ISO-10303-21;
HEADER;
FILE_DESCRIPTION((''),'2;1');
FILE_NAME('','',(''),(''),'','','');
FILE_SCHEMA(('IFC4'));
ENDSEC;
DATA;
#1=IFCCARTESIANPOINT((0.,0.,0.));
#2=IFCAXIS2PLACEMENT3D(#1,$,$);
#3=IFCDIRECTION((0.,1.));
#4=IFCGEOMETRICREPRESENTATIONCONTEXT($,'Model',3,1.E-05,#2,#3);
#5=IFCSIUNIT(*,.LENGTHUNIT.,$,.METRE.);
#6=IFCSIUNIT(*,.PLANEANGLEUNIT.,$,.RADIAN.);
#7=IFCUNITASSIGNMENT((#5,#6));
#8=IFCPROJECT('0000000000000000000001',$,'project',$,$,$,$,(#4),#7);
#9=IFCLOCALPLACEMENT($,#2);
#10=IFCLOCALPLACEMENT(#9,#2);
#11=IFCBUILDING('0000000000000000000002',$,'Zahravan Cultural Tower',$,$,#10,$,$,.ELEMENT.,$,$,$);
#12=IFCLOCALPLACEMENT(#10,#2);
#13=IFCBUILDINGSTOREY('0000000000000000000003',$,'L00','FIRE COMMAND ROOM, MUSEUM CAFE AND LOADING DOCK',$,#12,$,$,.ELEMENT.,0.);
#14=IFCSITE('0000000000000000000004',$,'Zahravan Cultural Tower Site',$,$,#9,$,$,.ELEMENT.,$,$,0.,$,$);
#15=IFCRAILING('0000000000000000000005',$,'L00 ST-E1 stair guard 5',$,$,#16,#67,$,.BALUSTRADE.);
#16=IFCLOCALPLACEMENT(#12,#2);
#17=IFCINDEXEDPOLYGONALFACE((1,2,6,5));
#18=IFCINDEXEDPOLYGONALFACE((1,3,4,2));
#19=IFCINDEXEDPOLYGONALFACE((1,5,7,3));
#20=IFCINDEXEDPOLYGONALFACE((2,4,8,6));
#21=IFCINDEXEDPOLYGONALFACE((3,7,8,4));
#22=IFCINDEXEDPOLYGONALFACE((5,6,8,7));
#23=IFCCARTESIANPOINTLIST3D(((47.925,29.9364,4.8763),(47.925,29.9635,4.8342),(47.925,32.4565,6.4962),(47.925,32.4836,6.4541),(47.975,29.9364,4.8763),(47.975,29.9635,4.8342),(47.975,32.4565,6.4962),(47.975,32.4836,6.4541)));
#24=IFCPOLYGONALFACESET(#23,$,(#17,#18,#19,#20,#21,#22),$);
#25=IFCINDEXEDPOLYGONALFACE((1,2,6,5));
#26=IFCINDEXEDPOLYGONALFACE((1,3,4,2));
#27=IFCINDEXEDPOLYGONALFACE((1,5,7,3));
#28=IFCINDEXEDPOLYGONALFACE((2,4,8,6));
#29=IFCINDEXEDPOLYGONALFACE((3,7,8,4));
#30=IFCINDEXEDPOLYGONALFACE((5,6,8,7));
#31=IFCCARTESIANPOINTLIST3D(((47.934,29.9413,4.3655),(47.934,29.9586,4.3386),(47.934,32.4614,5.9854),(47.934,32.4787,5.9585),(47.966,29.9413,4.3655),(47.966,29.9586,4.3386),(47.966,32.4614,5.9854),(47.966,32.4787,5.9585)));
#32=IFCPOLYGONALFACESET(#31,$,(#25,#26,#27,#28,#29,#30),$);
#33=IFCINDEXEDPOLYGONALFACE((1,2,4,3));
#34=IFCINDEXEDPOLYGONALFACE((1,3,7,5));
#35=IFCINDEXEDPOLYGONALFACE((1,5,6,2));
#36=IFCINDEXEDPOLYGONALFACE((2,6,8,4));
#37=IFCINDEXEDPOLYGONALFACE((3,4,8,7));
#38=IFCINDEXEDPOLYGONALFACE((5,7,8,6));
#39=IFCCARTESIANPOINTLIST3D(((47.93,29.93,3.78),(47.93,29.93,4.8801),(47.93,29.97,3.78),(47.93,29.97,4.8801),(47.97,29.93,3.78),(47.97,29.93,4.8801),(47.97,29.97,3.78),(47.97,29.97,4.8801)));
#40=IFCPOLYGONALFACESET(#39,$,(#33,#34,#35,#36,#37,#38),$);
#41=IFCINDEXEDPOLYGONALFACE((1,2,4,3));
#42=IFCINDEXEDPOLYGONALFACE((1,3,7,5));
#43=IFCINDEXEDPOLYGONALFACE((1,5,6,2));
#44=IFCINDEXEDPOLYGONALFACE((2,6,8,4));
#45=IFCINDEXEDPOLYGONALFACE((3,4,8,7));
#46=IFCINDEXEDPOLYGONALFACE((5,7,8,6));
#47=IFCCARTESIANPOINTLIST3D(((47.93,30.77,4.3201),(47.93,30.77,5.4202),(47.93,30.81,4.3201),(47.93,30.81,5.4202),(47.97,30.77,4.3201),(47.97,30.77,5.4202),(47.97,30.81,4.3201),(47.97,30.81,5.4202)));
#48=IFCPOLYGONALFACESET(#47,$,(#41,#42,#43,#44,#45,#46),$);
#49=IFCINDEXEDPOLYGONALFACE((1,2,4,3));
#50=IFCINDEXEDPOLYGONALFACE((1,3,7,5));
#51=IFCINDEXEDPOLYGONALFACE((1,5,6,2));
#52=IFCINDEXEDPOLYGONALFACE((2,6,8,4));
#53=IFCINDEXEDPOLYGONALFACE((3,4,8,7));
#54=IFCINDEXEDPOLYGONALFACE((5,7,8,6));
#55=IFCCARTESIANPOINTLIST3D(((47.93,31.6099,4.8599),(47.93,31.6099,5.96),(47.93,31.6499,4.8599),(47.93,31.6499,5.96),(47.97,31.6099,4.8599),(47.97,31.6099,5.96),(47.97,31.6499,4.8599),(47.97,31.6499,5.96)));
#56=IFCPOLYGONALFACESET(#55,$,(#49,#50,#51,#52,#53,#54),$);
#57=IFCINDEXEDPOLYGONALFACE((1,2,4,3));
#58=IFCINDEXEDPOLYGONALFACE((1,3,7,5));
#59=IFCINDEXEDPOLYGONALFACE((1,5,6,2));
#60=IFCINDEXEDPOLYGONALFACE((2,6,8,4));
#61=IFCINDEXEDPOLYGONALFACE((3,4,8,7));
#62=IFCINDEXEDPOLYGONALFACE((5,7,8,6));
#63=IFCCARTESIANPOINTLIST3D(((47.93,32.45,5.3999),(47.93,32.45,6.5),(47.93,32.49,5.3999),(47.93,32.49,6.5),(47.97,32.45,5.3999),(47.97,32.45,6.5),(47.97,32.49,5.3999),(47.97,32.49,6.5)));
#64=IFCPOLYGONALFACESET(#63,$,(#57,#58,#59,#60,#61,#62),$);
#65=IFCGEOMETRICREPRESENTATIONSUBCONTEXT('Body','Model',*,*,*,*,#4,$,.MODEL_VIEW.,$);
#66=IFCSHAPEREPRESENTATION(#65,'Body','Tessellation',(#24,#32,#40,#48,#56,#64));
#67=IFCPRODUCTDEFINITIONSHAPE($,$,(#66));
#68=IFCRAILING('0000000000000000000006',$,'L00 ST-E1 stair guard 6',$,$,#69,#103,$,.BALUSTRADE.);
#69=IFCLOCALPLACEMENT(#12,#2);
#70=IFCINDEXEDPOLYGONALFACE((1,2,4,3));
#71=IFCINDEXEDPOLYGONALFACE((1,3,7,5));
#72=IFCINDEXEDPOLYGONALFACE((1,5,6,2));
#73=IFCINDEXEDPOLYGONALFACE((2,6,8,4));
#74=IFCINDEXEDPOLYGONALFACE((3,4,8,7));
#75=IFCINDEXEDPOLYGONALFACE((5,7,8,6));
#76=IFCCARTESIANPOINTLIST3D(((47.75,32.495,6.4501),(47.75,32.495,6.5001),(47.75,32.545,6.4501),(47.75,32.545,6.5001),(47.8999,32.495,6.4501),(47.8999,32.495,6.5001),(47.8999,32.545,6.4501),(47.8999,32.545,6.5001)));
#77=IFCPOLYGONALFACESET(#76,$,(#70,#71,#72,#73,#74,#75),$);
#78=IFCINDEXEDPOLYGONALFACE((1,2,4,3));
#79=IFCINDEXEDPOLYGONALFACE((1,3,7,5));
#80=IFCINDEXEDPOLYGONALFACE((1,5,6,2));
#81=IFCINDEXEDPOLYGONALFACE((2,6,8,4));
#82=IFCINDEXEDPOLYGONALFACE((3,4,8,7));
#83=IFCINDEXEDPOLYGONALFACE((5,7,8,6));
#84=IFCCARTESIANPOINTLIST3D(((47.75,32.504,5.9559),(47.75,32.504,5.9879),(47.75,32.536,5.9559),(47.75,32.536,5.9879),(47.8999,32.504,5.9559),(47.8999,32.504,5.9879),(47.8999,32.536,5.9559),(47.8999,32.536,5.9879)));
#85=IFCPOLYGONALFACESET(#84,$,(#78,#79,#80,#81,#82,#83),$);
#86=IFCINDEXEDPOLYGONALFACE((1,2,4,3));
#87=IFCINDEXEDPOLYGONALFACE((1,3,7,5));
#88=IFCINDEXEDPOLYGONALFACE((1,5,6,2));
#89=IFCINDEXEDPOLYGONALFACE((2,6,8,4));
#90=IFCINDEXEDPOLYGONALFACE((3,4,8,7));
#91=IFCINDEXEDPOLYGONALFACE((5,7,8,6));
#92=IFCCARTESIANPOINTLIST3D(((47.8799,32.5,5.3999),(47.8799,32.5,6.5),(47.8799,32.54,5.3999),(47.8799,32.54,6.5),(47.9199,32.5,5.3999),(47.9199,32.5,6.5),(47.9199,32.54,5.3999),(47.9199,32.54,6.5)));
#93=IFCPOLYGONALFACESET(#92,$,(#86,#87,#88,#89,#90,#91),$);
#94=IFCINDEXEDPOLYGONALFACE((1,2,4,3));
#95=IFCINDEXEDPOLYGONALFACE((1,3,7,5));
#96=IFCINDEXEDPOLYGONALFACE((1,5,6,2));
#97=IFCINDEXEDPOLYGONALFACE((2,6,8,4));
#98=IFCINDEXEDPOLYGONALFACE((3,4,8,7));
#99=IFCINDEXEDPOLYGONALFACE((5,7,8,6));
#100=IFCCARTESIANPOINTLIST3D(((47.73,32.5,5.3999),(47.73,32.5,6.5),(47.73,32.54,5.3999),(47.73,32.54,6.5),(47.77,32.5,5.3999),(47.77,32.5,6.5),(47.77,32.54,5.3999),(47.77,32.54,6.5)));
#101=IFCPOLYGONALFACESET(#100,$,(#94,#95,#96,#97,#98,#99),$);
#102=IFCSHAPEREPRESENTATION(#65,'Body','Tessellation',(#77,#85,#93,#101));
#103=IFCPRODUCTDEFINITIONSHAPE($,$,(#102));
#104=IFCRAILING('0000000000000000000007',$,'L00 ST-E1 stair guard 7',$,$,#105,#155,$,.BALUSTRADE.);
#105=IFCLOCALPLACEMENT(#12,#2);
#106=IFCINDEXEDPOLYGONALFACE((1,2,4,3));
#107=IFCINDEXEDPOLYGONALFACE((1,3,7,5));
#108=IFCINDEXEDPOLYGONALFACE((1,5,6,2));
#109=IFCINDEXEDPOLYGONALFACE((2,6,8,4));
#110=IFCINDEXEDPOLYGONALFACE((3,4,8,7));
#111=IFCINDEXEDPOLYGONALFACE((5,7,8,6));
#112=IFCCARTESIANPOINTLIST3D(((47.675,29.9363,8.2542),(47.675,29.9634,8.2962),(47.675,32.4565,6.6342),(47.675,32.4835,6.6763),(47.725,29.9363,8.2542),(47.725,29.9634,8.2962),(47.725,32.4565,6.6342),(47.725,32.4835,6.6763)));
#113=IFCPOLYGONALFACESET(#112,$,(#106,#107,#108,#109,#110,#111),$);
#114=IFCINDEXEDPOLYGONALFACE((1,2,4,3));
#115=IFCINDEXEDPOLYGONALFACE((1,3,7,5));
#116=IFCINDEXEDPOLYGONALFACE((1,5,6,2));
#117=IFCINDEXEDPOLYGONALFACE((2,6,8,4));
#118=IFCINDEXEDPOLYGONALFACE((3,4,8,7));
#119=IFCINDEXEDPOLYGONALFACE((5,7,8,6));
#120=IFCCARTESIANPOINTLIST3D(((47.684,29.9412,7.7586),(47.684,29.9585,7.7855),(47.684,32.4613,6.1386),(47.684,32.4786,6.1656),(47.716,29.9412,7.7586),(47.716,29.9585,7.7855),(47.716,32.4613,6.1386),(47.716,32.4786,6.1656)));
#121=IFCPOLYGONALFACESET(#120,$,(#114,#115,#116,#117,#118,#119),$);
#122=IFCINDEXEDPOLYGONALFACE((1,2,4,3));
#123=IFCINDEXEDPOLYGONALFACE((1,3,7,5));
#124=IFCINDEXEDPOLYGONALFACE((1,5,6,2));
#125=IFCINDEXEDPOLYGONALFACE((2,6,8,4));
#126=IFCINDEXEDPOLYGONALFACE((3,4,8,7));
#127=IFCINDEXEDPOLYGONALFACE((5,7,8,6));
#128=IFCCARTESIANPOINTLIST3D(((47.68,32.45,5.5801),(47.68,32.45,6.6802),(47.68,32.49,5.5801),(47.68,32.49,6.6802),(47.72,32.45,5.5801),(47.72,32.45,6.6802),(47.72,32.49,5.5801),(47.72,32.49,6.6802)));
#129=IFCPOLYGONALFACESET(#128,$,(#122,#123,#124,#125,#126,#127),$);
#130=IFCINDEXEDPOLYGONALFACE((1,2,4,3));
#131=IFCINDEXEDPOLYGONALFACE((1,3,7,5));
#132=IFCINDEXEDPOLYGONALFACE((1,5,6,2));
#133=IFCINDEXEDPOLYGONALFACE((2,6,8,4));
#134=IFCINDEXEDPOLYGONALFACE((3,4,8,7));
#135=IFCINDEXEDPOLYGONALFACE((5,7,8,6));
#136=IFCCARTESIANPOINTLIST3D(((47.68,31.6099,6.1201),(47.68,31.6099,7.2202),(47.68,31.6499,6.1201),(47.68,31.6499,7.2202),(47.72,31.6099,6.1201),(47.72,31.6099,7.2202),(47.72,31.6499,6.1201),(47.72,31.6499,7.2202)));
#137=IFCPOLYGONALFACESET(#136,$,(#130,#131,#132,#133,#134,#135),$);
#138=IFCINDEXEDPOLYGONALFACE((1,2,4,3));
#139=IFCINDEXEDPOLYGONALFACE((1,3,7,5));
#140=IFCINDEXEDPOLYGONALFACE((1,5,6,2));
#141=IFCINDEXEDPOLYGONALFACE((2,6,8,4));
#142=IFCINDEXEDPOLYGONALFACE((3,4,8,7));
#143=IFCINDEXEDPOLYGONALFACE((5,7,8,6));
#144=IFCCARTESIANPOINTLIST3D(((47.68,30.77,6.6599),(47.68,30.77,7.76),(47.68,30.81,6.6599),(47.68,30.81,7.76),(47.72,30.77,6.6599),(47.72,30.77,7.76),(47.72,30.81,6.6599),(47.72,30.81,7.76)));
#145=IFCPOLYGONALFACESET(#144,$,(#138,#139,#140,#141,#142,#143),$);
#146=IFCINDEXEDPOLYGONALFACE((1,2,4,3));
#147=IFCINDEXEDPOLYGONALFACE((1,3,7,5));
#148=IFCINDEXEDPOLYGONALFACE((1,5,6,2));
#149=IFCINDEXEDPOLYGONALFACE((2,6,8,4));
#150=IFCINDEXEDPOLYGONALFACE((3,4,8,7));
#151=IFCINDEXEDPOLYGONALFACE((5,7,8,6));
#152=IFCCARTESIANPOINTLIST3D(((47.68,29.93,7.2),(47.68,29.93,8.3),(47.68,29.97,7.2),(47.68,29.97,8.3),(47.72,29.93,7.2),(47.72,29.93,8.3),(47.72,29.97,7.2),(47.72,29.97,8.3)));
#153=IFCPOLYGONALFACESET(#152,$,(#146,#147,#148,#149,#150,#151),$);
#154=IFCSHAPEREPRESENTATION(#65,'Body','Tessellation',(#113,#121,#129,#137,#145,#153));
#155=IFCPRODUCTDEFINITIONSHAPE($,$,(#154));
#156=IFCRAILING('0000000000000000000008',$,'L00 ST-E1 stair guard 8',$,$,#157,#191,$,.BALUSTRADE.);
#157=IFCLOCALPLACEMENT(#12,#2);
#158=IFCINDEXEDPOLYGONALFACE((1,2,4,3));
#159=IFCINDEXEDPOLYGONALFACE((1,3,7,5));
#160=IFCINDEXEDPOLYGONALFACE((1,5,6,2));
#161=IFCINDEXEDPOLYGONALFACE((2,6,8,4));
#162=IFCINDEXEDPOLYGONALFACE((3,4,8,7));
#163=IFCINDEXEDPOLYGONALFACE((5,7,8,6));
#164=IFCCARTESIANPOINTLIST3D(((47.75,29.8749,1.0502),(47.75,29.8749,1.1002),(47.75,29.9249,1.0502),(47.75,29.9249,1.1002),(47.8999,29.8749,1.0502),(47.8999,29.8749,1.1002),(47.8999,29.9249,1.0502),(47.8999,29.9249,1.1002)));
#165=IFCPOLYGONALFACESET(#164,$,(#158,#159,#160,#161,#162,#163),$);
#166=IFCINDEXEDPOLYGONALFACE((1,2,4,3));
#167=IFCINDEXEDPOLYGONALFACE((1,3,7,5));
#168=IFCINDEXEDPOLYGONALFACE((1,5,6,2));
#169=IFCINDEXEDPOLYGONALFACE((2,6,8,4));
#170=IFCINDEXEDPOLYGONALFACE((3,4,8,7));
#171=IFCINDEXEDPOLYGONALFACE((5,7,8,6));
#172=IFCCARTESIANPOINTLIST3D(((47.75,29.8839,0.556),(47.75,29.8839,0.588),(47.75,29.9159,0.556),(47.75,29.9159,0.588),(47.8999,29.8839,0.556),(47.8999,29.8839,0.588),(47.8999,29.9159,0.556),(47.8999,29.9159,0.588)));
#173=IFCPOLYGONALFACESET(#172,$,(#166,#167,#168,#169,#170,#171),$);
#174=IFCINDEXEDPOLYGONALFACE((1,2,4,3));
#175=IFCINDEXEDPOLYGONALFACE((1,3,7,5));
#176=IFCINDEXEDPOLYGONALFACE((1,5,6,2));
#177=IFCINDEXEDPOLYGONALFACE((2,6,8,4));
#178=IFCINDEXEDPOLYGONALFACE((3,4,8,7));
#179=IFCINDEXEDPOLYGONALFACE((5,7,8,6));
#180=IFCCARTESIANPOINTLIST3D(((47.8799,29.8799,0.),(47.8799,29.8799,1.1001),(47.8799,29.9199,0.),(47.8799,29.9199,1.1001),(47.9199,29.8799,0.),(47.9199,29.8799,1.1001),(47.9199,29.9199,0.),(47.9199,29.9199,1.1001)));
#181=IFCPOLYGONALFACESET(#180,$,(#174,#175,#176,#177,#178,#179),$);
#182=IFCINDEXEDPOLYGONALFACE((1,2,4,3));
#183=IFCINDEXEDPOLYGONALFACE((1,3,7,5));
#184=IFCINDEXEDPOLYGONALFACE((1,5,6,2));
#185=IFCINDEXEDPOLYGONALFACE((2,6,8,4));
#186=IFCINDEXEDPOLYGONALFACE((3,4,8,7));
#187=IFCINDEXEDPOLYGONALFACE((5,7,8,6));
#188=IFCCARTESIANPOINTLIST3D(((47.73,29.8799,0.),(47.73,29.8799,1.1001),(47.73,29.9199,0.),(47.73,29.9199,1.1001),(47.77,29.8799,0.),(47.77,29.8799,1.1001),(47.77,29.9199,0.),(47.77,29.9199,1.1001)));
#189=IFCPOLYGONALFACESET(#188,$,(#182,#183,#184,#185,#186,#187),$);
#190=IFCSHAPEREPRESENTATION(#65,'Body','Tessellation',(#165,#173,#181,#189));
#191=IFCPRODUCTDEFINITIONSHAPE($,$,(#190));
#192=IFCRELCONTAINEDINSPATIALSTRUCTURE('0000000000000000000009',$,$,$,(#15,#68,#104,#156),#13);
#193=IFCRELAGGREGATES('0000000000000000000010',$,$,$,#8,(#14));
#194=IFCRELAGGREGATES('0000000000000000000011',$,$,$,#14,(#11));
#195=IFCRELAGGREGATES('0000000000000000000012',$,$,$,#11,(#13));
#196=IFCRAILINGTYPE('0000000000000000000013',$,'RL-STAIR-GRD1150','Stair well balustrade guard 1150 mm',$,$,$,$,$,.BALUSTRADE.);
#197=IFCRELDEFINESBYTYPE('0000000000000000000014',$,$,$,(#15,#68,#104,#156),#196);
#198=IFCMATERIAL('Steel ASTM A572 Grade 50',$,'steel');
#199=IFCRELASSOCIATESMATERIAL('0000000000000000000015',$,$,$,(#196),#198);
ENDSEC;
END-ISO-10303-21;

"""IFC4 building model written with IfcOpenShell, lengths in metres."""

from ifc_helpers import new_model, si_unit, direction, frame, origin, origin_2d, place, context, subcontext, project, spatial, rectangle, extrude, material, type_object, element, save


model = new_model("IFC4")

# Units and contexts
model_context = context("Model", 3, precision=1e-05, world=origin(), true_north=direction((0.0, 1.0)))
body_context = subcontext(model_context, "Body", "Model", "MODEL_VIEW")
ifc_project = project(units=[si_unit("LENGTHUNIT", "METRE"), si_unit("PLANEANGLEUNIT", "RADIAN")], contexts=[model_context])

# Site, building, storey
site_placement = place(None, origin())
site = spatial("IfcSite", under=ifc_project, at=site_placement, Name="Zahravan Cultural Tower Site", CompositionType="ELEMENT", RefElevation=0.0)
building_placement = place(site_placement, origin())
building = spatial("IfcBuilding", under=site, at=building_placement, Name="Zahravan Cultural Tower", CompositionType="ELEMENT")
storey_placement = place(building_placement, origin())
storey = spatial("IfcBuildingStorey", under=building, at=storey_placement, Name="L00", Description="FIRE COMMAND ROOM, MUSEUM CAFE AND LOADING DOCK", CompositionType="ELEMENT", Elevation=0.0)

# Railings
ifc_material_1 = material(Name="Steel ASTM A572 Grade 50", Category="steel")
railing_type_1 = type_object("IfcRailingType", Name="RL-STAIR-GRD1150", Description="Stair well balustrade guard 1150 mm", PredefinedType="BALUSTRADE", material=ifc_material_1)
railing_1_placement = place(storey_placement, frame((47.95, 29.95, 3.78)))
element("IfcRailing", 1, at=railing_1_placement, inside=storey, type_object=railing_type_1, Name="L00 ST-E1 stair guard 5", PredefinedType="BALUSTRADE", context=body_context, shape_type="SweptSolid", body=[
    extrude(rectangle(XDim=0.05, YDim=0.05, at=origin_2d()), frame((0.0, 0.0, 1.0752), z_axis=(0.0, 0.8412, 0.540725), x_axis=(-1.0, 0.0, 0.0)), (0.0, 0.0, 1.0), 2.9958),
    extrude(rectangle(XDim=0.032, YDim=0.032, at=origin_2d()), frame((0.0, 0.0, 0.572), z_axis=(0.0, 0.8412, 0.540725), x_axis=(-1.0, 0.0, 0.0)), (0.0, 0.0, 1.0), 2.9958),
    extrude(rectangle(XDim=0.04, YDim=0.04, at=origin_2d()), origin(), (0.0, 0.0, 1.0), 1.1001),
    extrude(rectangle(XDim=0.04, YDim=0.04, at=origin_2d()), frame((0.0, 0.8401, 0.54)), (0.0, 0.0, 1.0), 1.1001),
    extrude(rectangle(XDim=0.04, YDim=0.04, at=origin_2d()), frame((0.0, 1.6799, 1.0798)), (0.0, 0.0, 1.0), 1.1001),
    extrude(rectangle(XDim=0.04, YDim=0.04, at=origin_2d()), frame((0.0, 2.52, 1.6199)), (0.0, 0.0, 1.0), 1.1001),
])
railing_2_placement = place(storey_placement, frame((47.8999, 32.52, 5.3999)))
element("IfcRailing", 2, at=railing_2_placement, inside=storey, type_object=railing_type_1, Name="L00 ST-E1 stair guard 6", PredefinedType="BALUSTRADE", context=body_context, shape_type="SweptSolid", body=[
    extrude(rectangle(XDim=0.05, YDim=0.05, at=origin_2d()), frame((0.0, 0.0, 1.0752), z_axis=(-1.0, 0.0, 0.0), x_axis=(0.0, -1.0, 0.0)), (0.0, 0.0, 1.0), 0.1499),
    extrude(rectangle(XDim=0.032, YDim=0.032, at=origin_2d()), frame((0.0, 0.0, 0.572), z_axis=(-1.0, 0.0, 0.0), x_axis=(0.0, -1.0, 0.0)), (0.0, 0.0, 1.0), 0.1499),
    extrude(rectangle(XDim=0.04, YDim=0.04, at=origin_2d()), origin(), (0.0, 0.0, 1.0), 1.1001),
    extrude(rectangle(XDim=0.04, YDim=0.04, at=origin_2d()), frame((-0.1499, 0.0, 0.0)), (0.0, 0.0, 1.0), 1.1001),
])
railing_3_placement = place(storey_placement, frame((47.7, 32.47, 5.5801)))
element("IfcRailing", 3, at=railing_3_placement, inside=storey, type_object=railing_type_1, Name="L00 ST-E1 stair guard 7", PredefinedType="BALUSTRADE", context=body_context, shape_type="SweptSolid", body=[
    extrude(rectangle(XDim=0.05, YDim=0.05, at=origin_2d()), frame((0.0, 0.0, 1.0752), z_axis=(0.0, -0.8412, 0.540725), x_axis=(1.0, 0.0, 0.0)), (0.0, 0.0, 1.0), 2.9958),
    extrude(rectangle(XDim=0.032, YDim=0.032, at=origin_2d()), frame((0.0, 0.0, 0.572), z_axis=(0.0, -0.8412, 0.540725), x_axis=(1.0, 0.0, 0.0)), (0.0, 0.0, 1.0), 2.9958),
    extrude(rectangle(XDim=0.04, YDim=0.04, at=origin_2d()), origin(), (0.0, 0.0, 1.0), 1.1001),
    extrude(rectangle(XDim=0.04, YDim=0.04, at=origin_2d()), frame((0.0, -0.8401, 0.54)), (0.0, 0.0, 1.0), 1.1001),
    extrude(rectangle(XDim=0.04, YDim=0.04, at=origin_2d()), frame((0.0, -1.6799, 1.0798)), (0.0, 0.0, 1.0), 1.1001),
    extrude(rectangle(XDim=0.04, YDim=0.04, at=origin_2d()), frame((0.0, -2.52, 1.6199)), (0.0, 0.0, 1.0), 1.1001),
])
railing_4_placement = place(storey_placement, frame((47.8999, 29.8999, 0.0)))
element("IfcRailing", 4, at=railing_4_placement, inside=storey, type_object=railing_type_1, Name="L00 ST-E1 stair guard 8", PredefinedType="BALUSTRADE", context=body_context, shape_type="SweptSolid", body=[
    extrude(rectangle(XDim=0.05, YDim=0.05, at=origin_2d()), frame((0.0, 0.0, 1.0752), z_axis=(-1.0, 0.0, 0.0), x_axis=(0.0, -1.0, 0.0)), (0.0, 0.0, 1.0), 0.1499),
    extrude(rectangle(XDim=0.032, YDim=0.032, at=origin_2d()), frame((0.0, 0.0, 0.572), z_axis=(-1.0, 0.0, 0.0), x_axis=(0.0, -1.0, 0.0)), (0.0, 0.0, 1.0), 0.1499),
    extrude(rectangle(XDim=0.04, YDim=0.04, at=origin_2d()), origin(), (0.0, 0.0, 1.0), 1.1001),
    extrude(rectangle(XDim=0.04, YDim=0.04, at=origin_2d()), frame((-0.1499, 0.0, 0.0)), (0.0, 0.0, 1.0), 1.1001),
])

save(model, "model.ifc")
